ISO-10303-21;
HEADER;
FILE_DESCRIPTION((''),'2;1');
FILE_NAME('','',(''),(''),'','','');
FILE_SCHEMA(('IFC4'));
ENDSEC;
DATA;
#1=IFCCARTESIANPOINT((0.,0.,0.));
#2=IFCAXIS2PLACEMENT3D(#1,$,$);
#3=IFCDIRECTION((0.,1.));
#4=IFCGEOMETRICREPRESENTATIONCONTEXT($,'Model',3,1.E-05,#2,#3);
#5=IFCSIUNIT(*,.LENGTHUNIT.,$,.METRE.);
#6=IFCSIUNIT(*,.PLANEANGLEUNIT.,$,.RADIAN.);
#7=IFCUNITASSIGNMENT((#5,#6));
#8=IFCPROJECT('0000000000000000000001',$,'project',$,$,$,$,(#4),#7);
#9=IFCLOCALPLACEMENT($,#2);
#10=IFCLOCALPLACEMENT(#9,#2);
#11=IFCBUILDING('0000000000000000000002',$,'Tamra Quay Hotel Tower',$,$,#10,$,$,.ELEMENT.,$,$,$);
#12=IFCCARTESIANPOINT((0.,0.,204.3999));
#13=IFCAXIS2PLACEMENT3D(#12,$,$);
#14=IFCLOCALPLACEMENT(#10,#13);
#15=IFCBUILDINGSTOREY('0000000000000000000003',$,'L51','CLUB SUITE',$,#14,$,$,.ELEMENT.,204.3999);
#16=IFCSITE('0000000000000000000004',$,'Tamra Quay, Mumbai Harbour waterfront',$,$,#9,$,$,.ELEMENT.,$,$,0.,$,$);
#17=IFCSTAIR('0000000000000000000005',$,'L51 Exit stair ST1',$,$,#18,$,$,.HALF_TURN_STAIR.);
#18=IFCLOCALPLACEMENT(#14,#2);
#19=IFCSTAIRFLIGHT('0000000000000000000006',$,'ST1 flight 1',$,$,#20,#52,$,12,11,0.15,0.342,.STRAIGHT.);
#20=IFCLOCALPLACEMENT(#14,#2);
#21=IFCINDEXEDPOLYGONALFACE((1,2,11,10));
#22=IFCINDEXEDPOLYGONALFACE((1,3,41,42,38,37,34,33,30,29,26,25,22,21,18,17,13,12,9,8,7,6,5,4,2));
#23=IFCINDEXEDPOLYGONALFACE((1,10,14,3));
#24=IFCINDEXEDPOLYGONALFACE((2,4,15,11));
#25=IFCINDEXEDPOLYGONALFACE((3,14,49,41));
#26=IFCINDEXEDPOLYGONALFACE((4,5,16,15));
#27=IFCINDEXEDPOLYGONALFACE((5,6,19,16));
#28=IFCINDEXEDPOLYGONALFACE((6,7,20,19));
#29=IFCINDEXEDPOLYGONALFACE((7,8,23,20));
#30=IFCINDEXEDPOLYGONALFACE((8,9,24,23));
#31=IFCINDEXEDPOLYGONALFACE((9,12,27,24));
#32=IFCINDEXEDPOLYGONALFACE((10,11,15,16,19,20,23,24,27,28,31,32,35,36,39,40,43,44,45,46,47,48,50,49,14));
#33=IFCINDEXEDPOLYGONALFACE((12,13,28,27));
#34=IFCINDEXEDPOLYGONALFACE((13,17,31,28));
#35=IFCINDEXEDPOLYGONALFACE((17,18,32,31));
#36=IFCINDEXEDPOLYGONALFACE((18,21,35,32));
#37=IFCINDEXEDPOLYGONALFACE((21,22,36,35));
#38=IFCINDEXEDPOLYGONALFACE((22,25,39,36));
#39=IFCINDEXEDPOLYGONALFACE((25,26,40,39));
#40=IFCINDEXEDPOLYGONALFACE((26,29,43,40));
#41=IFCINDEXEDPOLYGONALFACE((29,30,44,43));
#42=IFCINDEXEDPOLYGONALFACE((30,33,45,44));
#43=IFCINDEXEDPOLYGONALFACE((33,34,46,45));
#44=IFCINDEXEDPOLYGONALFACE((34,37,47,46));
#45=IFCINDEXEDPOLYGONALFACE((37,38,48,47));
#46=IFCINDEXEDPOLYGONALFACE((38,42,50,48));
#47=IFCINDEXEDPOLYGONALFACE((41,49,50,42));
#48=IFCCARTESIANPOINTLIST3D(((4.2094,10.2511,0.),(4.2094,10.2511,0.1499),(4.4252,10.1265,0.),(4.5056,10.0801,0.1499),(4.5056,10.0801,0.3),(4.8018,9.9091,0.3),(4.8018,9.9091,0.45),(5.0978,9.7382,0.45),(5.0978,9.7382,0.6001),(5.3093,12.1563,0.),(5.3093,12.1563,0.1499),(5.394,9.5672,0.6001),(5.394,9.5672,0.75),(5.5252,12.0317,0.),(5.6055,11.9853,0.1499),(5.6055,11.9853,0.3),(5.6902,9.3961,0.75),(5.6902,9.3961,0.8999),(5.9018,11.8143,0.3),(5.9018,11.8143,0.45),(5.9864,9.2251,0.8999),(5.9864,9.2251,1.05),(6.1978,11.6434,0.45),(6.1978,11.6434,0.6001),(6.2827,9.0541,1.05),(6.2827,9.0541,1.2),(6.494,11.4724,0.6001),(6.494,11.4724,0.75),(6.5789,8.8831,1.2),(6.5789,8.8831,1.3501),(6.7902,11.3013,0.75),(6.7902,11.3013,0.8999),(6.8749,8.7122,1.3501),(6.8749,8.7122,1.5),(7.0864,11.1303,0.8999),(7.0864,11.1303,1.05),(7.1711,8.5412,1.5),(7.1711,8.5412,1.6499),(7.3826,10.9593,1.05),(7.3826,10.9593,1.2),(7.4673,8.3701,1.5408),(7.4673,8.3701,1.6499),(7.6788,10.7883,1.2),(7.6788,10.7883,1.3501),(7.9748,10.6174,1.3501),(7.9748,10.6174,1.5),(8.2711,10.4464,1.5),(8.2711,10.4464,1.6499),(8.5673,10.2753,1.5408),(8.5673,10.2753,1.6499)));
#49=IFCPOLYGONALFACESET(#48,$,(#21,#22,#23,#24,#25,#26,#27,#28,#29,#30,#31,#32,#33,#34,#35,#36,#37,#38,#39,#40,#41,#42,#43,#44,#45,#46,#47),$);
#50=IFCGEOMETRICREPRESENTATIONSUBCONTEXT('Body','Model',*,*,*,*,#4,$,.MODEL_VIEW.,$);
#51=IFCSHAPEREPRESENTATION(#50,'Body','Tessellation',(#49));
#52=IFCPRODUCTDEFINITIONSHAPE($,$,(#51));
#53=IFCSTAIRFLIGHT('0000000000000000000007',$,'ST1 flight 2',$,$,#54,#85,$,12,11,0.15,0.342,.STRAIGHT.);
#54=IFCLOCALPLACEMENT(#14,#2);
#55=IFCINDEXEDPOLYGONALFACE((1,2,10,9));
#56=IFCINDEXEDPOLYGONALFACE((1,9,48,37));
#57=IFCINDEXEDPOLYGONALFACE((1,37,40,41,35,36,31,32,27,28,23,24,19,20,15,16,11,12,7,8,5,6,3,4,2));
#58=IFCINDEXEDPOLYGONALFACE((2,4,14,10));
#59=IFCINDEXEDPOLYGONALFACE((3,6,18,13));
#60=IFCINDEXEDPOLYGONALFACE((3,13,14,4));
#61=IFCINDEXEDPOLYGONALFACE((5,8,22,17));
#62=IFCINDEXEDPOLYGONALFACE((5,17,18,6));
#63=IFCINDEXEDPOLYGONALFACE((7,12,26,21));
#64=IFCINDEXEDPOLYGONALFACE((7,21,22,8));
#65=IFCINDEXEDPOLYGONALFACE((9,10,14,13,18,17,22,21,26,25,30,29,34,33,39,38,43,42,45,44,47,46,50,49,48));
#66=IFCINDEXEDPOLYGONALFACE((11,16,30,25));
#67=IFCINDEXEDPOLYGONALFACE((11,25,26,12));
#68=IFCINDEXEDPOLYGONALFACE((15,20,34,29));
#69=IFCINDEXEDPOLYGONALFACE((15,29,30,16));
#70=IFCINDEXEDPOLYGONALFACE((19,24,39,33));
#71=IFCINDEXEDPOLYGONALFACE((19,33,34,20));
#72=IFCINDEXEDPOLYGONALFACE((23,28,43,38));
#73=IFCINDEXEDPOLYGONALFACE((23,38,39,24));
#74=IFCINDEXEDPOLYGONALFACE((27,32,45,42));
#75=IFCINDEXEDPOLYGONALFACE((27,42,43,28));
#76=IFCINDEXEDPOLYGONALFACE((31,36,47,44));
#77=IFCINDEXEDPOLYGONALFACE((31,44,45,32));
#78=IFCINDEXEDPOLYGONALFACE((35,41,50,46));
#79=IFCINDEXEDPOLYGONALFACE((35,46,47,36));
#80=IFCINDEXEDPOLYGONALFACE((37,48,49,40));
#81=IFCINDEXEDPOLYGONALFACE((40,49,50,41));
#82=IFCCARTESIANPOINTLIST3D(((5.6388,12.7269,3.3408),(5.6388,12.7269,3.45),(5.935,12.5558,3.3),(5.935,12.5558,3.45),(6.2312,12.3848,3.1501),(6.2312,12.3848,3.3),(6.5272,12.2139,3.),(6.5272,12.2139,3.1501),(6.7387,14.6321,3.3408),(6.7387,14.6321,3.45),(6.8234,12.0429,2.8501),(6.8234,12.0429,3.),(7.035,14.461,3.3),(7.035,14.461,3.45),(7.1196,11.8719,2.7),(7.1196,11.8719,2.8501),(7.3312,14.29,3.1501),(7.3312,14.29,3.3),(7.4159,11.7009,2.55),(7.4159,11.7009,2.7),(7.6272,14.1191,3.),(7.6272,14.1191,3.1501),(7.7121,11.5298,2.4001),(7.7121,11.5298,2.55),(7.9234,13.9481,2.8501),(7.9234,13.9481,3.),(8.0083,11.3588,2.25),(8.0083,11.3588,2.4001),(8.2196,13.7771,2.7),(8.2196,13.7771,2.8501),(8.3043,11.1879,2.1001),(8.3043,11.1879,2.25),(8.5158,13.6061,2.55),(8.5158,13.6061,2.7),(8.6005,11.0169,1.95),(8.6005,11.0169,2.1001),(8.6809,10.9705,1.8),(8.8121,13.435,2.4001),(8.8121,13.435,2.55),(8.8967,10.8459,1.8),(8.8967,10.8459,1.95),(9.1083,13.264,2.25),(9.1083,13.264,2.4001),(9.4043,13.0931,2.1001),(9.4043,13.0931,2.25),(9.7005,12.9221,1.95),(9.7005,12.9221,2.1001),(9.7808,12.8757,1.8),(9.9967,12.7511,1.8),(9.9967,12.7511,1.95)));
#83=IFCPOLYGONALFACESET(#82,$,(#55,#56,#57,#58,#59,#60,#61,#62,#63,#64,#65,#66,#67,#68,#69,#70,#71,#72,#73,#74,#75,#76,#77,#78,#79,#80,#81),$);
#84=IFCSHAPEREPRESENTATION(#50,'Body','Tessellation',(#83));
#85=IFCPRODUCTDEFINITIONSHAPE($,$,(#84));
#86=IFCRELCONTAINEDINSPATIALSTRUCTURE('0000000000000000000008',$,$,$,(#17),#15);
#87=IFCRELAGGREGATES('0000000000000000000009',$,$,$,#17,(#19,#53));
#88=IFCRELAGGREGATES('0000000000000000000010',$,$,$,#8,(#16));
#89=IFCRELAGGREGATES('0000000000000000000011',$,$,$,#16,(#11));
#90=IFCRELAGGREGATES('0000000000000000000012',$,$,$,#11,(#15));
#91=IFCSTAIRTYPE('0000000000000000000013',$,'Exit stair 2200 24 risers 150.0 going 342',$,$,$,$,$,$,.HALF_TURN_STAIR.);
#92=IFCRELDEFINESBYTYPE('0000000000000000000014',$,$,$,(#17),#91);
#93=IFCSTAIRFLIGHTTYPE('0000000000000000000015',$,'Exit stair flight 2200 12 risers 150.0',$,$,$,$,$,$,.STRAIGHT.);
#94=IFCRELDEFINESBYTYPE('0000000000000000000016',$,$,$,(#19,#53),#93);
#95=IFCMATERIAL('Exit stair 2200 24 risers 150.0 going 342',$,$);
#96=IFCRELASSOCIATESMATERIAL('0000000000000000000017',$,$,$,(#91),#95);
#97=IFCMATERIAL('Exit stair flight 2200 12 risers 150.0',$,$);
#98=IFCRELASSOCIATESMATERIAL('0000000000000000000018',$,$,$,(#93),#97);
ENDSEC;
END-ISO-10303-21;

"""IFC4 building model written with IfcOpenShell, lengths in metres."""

from ifc_helpers import new_model, si_unit, direction, frame, origin, place, context, subcontext, project, spatial, polyline, outline, extrude, material, type_object, element, aggregate, save


model = new_model("IFC4")

# Units and contexts
model_context = context("Model", 3, precision=1e-05, world=origin(), true_north=direction((0.0, 1.0)))
body_context = subcontext(model_context, "Body", "Model", "MODEL_VIEW")
ifc_project = project(units=[si_unit("LENGTHUNIT", "METRE"), si_unit("PLANEANGLEUNIT", "RADIAN")], contexts=[model_context])

# Site, building, storey
site_placement = place(None, origin())
site = spatial("IfcSite", under=ifc_project, at=site_placement, Name="Tamra Quay, Mumbai Harbour waterfront", CompositionType="ELEMENT", RefElevation=0.0)
building_placement = place(site_placement, origin())
building = spatial("IfcBuilding", under=site, at=building_placement, Name="Tamra Quay Hotel Tower", CompositionType="ELEMENT")
storey_placement = place(building_placement, frame((0.0, 0.0, 204.3999)))
storey = spatial("IfcBuildingStorey", under=building, at=storey_placement, Name="L51", Description="CLUB SUITE", CompositionType="ELEMENT", Elevation=204.3999)

# Stair, stair flights
ifc_material_1 = material(Name="Exit stair 2200 24 risers 150.0 going 342")
stair_type = type_object("IfcStairType", Name="Exit stair 2200 24 risers 150.0 going 342", PredefinedType="HALF_TURN_STAIR", material=ifc_material_1)
stair_placement = place(storey_placement, origin())
stair = element("IfcStair", 1, at=stair_placement, inside=storey, type_object=stair_type, Name="L51 Exit stair ST1", PredefinedType="HALF_TURN_STAIR")
ifc_material_2 = material(Name="Exit stair flight 2200 12 risers 150.0")
stair_flight_type = type_object("IfcStairFlightType", Name="Exit stair flight 2200 12 risers 150.0", PredefinedType="STRAIGHT", material=ifc_material_2)
stair_flight_1_placement = place(storey_placement, frame((4.7593, 11.2036, 0.0), z_axis=(0.0, 0.0, 1.0), x_axis=(0.866025, -0.5, 0.0)))
stair_flight_1 = element("IfcStairFlight", 2, at=stair_flight_1_placement, type_object=stair_flight_type, Name="ST1 flight 1", NumberOfRisers=12, NumberOfTreads=11, PredefinedType="STRAIGHT", RiserHeight=0.15, TreadLength=0.342, context=body_context, shape_type="SweptSolid", body=[
    extrude(outline(polyline([(0.0, 0.0), (0.0, 0.1499), (0.342, 0.1499), (0.342, 0.3), (0.6841, 0.3), (0.6841, 0.45), (1.0259, 0.45), (1.0259, 0.6001), (1.3679, 0.6001), (1.3679, 0.75), (1.71, 0.75), (1.71, 0.8999), (2.052, 0.8999), (2.052, 1.05), (2.394, 1.05), (2.394, 1.2), (2.7361, 1.2), (2.7361, 1.3501), (3.0779, 1.3501), (3.0779, 1.5), (3.4199, 1.5), (3.4199, 1.6499), (3.762, 1.6499), (3.762, 1.8), (3.762, 1.5408), (0.2493, 0.0), (0.0, 0.0)])), frame((0.0, 1.1001, 0.0), z_axis=(0.0, -1.0, 0.0), x_axis=(1.0, 0.0, 0.0)), (0.0, 0.0, 1.0), 2.2),
])
stair_flight_2_placement = place(storey_placement, frame((9.4468, 11.7986, 1.8), z_axis=(0.0, 0.0, 1.0), x_axis=(-0.866025, 0.5, 0.0)))
stair_flight_2 = element("IfcStairFlight", 3, at=stair_flight_2_placement, type_object=stair_flight_type, Name="ST1 flight 2", NumberOfRisers=12, NumberOfTreads=11, PredefinedType="STRAIGHT", RiserHeight=0.15, TreadLength=0.342, context=body_context, shape_type="SweptSolid", body=[
    extrude(outline(polyline([(0.0, 0.0), (0.0, 0.1499), (0.342, 0.1499), (0.342, 0.3), (0.6841, 0.3), (0.6841, 0.45), (1.0259, 0.45), (1.0259, 0.6001), (1.3679, 0.6001), (1.3679, 0.75), (1.71, 0.75), (1.71, 0.8999), (2.052, 0.8999), (2.052, 1.05), (2.394, 1.05), (2.394, 1.2), (2.7361, 1.2), (2.7361, 1.3501), (3.0779, 1.3501), (3.0779, 1.5), (3.4199, 1.5), (3.4199, 1.6499), (3.762, 1.6499), (3.762, 1.8), (3.762, 1.5408), (0.2493, 0.0), (0.0, 0.0)])), frame((0.0, 1.1001, 0.0), z_axis=(0.0, -1.0, 0.0), x_axis=(1.0, 0.0, 0.0)), (0.0, 0.0, 1.0), 2.2),
])
aggregate(stair, [stair_flight_1, stair_flight_2])

save(model, "model.ifc")
